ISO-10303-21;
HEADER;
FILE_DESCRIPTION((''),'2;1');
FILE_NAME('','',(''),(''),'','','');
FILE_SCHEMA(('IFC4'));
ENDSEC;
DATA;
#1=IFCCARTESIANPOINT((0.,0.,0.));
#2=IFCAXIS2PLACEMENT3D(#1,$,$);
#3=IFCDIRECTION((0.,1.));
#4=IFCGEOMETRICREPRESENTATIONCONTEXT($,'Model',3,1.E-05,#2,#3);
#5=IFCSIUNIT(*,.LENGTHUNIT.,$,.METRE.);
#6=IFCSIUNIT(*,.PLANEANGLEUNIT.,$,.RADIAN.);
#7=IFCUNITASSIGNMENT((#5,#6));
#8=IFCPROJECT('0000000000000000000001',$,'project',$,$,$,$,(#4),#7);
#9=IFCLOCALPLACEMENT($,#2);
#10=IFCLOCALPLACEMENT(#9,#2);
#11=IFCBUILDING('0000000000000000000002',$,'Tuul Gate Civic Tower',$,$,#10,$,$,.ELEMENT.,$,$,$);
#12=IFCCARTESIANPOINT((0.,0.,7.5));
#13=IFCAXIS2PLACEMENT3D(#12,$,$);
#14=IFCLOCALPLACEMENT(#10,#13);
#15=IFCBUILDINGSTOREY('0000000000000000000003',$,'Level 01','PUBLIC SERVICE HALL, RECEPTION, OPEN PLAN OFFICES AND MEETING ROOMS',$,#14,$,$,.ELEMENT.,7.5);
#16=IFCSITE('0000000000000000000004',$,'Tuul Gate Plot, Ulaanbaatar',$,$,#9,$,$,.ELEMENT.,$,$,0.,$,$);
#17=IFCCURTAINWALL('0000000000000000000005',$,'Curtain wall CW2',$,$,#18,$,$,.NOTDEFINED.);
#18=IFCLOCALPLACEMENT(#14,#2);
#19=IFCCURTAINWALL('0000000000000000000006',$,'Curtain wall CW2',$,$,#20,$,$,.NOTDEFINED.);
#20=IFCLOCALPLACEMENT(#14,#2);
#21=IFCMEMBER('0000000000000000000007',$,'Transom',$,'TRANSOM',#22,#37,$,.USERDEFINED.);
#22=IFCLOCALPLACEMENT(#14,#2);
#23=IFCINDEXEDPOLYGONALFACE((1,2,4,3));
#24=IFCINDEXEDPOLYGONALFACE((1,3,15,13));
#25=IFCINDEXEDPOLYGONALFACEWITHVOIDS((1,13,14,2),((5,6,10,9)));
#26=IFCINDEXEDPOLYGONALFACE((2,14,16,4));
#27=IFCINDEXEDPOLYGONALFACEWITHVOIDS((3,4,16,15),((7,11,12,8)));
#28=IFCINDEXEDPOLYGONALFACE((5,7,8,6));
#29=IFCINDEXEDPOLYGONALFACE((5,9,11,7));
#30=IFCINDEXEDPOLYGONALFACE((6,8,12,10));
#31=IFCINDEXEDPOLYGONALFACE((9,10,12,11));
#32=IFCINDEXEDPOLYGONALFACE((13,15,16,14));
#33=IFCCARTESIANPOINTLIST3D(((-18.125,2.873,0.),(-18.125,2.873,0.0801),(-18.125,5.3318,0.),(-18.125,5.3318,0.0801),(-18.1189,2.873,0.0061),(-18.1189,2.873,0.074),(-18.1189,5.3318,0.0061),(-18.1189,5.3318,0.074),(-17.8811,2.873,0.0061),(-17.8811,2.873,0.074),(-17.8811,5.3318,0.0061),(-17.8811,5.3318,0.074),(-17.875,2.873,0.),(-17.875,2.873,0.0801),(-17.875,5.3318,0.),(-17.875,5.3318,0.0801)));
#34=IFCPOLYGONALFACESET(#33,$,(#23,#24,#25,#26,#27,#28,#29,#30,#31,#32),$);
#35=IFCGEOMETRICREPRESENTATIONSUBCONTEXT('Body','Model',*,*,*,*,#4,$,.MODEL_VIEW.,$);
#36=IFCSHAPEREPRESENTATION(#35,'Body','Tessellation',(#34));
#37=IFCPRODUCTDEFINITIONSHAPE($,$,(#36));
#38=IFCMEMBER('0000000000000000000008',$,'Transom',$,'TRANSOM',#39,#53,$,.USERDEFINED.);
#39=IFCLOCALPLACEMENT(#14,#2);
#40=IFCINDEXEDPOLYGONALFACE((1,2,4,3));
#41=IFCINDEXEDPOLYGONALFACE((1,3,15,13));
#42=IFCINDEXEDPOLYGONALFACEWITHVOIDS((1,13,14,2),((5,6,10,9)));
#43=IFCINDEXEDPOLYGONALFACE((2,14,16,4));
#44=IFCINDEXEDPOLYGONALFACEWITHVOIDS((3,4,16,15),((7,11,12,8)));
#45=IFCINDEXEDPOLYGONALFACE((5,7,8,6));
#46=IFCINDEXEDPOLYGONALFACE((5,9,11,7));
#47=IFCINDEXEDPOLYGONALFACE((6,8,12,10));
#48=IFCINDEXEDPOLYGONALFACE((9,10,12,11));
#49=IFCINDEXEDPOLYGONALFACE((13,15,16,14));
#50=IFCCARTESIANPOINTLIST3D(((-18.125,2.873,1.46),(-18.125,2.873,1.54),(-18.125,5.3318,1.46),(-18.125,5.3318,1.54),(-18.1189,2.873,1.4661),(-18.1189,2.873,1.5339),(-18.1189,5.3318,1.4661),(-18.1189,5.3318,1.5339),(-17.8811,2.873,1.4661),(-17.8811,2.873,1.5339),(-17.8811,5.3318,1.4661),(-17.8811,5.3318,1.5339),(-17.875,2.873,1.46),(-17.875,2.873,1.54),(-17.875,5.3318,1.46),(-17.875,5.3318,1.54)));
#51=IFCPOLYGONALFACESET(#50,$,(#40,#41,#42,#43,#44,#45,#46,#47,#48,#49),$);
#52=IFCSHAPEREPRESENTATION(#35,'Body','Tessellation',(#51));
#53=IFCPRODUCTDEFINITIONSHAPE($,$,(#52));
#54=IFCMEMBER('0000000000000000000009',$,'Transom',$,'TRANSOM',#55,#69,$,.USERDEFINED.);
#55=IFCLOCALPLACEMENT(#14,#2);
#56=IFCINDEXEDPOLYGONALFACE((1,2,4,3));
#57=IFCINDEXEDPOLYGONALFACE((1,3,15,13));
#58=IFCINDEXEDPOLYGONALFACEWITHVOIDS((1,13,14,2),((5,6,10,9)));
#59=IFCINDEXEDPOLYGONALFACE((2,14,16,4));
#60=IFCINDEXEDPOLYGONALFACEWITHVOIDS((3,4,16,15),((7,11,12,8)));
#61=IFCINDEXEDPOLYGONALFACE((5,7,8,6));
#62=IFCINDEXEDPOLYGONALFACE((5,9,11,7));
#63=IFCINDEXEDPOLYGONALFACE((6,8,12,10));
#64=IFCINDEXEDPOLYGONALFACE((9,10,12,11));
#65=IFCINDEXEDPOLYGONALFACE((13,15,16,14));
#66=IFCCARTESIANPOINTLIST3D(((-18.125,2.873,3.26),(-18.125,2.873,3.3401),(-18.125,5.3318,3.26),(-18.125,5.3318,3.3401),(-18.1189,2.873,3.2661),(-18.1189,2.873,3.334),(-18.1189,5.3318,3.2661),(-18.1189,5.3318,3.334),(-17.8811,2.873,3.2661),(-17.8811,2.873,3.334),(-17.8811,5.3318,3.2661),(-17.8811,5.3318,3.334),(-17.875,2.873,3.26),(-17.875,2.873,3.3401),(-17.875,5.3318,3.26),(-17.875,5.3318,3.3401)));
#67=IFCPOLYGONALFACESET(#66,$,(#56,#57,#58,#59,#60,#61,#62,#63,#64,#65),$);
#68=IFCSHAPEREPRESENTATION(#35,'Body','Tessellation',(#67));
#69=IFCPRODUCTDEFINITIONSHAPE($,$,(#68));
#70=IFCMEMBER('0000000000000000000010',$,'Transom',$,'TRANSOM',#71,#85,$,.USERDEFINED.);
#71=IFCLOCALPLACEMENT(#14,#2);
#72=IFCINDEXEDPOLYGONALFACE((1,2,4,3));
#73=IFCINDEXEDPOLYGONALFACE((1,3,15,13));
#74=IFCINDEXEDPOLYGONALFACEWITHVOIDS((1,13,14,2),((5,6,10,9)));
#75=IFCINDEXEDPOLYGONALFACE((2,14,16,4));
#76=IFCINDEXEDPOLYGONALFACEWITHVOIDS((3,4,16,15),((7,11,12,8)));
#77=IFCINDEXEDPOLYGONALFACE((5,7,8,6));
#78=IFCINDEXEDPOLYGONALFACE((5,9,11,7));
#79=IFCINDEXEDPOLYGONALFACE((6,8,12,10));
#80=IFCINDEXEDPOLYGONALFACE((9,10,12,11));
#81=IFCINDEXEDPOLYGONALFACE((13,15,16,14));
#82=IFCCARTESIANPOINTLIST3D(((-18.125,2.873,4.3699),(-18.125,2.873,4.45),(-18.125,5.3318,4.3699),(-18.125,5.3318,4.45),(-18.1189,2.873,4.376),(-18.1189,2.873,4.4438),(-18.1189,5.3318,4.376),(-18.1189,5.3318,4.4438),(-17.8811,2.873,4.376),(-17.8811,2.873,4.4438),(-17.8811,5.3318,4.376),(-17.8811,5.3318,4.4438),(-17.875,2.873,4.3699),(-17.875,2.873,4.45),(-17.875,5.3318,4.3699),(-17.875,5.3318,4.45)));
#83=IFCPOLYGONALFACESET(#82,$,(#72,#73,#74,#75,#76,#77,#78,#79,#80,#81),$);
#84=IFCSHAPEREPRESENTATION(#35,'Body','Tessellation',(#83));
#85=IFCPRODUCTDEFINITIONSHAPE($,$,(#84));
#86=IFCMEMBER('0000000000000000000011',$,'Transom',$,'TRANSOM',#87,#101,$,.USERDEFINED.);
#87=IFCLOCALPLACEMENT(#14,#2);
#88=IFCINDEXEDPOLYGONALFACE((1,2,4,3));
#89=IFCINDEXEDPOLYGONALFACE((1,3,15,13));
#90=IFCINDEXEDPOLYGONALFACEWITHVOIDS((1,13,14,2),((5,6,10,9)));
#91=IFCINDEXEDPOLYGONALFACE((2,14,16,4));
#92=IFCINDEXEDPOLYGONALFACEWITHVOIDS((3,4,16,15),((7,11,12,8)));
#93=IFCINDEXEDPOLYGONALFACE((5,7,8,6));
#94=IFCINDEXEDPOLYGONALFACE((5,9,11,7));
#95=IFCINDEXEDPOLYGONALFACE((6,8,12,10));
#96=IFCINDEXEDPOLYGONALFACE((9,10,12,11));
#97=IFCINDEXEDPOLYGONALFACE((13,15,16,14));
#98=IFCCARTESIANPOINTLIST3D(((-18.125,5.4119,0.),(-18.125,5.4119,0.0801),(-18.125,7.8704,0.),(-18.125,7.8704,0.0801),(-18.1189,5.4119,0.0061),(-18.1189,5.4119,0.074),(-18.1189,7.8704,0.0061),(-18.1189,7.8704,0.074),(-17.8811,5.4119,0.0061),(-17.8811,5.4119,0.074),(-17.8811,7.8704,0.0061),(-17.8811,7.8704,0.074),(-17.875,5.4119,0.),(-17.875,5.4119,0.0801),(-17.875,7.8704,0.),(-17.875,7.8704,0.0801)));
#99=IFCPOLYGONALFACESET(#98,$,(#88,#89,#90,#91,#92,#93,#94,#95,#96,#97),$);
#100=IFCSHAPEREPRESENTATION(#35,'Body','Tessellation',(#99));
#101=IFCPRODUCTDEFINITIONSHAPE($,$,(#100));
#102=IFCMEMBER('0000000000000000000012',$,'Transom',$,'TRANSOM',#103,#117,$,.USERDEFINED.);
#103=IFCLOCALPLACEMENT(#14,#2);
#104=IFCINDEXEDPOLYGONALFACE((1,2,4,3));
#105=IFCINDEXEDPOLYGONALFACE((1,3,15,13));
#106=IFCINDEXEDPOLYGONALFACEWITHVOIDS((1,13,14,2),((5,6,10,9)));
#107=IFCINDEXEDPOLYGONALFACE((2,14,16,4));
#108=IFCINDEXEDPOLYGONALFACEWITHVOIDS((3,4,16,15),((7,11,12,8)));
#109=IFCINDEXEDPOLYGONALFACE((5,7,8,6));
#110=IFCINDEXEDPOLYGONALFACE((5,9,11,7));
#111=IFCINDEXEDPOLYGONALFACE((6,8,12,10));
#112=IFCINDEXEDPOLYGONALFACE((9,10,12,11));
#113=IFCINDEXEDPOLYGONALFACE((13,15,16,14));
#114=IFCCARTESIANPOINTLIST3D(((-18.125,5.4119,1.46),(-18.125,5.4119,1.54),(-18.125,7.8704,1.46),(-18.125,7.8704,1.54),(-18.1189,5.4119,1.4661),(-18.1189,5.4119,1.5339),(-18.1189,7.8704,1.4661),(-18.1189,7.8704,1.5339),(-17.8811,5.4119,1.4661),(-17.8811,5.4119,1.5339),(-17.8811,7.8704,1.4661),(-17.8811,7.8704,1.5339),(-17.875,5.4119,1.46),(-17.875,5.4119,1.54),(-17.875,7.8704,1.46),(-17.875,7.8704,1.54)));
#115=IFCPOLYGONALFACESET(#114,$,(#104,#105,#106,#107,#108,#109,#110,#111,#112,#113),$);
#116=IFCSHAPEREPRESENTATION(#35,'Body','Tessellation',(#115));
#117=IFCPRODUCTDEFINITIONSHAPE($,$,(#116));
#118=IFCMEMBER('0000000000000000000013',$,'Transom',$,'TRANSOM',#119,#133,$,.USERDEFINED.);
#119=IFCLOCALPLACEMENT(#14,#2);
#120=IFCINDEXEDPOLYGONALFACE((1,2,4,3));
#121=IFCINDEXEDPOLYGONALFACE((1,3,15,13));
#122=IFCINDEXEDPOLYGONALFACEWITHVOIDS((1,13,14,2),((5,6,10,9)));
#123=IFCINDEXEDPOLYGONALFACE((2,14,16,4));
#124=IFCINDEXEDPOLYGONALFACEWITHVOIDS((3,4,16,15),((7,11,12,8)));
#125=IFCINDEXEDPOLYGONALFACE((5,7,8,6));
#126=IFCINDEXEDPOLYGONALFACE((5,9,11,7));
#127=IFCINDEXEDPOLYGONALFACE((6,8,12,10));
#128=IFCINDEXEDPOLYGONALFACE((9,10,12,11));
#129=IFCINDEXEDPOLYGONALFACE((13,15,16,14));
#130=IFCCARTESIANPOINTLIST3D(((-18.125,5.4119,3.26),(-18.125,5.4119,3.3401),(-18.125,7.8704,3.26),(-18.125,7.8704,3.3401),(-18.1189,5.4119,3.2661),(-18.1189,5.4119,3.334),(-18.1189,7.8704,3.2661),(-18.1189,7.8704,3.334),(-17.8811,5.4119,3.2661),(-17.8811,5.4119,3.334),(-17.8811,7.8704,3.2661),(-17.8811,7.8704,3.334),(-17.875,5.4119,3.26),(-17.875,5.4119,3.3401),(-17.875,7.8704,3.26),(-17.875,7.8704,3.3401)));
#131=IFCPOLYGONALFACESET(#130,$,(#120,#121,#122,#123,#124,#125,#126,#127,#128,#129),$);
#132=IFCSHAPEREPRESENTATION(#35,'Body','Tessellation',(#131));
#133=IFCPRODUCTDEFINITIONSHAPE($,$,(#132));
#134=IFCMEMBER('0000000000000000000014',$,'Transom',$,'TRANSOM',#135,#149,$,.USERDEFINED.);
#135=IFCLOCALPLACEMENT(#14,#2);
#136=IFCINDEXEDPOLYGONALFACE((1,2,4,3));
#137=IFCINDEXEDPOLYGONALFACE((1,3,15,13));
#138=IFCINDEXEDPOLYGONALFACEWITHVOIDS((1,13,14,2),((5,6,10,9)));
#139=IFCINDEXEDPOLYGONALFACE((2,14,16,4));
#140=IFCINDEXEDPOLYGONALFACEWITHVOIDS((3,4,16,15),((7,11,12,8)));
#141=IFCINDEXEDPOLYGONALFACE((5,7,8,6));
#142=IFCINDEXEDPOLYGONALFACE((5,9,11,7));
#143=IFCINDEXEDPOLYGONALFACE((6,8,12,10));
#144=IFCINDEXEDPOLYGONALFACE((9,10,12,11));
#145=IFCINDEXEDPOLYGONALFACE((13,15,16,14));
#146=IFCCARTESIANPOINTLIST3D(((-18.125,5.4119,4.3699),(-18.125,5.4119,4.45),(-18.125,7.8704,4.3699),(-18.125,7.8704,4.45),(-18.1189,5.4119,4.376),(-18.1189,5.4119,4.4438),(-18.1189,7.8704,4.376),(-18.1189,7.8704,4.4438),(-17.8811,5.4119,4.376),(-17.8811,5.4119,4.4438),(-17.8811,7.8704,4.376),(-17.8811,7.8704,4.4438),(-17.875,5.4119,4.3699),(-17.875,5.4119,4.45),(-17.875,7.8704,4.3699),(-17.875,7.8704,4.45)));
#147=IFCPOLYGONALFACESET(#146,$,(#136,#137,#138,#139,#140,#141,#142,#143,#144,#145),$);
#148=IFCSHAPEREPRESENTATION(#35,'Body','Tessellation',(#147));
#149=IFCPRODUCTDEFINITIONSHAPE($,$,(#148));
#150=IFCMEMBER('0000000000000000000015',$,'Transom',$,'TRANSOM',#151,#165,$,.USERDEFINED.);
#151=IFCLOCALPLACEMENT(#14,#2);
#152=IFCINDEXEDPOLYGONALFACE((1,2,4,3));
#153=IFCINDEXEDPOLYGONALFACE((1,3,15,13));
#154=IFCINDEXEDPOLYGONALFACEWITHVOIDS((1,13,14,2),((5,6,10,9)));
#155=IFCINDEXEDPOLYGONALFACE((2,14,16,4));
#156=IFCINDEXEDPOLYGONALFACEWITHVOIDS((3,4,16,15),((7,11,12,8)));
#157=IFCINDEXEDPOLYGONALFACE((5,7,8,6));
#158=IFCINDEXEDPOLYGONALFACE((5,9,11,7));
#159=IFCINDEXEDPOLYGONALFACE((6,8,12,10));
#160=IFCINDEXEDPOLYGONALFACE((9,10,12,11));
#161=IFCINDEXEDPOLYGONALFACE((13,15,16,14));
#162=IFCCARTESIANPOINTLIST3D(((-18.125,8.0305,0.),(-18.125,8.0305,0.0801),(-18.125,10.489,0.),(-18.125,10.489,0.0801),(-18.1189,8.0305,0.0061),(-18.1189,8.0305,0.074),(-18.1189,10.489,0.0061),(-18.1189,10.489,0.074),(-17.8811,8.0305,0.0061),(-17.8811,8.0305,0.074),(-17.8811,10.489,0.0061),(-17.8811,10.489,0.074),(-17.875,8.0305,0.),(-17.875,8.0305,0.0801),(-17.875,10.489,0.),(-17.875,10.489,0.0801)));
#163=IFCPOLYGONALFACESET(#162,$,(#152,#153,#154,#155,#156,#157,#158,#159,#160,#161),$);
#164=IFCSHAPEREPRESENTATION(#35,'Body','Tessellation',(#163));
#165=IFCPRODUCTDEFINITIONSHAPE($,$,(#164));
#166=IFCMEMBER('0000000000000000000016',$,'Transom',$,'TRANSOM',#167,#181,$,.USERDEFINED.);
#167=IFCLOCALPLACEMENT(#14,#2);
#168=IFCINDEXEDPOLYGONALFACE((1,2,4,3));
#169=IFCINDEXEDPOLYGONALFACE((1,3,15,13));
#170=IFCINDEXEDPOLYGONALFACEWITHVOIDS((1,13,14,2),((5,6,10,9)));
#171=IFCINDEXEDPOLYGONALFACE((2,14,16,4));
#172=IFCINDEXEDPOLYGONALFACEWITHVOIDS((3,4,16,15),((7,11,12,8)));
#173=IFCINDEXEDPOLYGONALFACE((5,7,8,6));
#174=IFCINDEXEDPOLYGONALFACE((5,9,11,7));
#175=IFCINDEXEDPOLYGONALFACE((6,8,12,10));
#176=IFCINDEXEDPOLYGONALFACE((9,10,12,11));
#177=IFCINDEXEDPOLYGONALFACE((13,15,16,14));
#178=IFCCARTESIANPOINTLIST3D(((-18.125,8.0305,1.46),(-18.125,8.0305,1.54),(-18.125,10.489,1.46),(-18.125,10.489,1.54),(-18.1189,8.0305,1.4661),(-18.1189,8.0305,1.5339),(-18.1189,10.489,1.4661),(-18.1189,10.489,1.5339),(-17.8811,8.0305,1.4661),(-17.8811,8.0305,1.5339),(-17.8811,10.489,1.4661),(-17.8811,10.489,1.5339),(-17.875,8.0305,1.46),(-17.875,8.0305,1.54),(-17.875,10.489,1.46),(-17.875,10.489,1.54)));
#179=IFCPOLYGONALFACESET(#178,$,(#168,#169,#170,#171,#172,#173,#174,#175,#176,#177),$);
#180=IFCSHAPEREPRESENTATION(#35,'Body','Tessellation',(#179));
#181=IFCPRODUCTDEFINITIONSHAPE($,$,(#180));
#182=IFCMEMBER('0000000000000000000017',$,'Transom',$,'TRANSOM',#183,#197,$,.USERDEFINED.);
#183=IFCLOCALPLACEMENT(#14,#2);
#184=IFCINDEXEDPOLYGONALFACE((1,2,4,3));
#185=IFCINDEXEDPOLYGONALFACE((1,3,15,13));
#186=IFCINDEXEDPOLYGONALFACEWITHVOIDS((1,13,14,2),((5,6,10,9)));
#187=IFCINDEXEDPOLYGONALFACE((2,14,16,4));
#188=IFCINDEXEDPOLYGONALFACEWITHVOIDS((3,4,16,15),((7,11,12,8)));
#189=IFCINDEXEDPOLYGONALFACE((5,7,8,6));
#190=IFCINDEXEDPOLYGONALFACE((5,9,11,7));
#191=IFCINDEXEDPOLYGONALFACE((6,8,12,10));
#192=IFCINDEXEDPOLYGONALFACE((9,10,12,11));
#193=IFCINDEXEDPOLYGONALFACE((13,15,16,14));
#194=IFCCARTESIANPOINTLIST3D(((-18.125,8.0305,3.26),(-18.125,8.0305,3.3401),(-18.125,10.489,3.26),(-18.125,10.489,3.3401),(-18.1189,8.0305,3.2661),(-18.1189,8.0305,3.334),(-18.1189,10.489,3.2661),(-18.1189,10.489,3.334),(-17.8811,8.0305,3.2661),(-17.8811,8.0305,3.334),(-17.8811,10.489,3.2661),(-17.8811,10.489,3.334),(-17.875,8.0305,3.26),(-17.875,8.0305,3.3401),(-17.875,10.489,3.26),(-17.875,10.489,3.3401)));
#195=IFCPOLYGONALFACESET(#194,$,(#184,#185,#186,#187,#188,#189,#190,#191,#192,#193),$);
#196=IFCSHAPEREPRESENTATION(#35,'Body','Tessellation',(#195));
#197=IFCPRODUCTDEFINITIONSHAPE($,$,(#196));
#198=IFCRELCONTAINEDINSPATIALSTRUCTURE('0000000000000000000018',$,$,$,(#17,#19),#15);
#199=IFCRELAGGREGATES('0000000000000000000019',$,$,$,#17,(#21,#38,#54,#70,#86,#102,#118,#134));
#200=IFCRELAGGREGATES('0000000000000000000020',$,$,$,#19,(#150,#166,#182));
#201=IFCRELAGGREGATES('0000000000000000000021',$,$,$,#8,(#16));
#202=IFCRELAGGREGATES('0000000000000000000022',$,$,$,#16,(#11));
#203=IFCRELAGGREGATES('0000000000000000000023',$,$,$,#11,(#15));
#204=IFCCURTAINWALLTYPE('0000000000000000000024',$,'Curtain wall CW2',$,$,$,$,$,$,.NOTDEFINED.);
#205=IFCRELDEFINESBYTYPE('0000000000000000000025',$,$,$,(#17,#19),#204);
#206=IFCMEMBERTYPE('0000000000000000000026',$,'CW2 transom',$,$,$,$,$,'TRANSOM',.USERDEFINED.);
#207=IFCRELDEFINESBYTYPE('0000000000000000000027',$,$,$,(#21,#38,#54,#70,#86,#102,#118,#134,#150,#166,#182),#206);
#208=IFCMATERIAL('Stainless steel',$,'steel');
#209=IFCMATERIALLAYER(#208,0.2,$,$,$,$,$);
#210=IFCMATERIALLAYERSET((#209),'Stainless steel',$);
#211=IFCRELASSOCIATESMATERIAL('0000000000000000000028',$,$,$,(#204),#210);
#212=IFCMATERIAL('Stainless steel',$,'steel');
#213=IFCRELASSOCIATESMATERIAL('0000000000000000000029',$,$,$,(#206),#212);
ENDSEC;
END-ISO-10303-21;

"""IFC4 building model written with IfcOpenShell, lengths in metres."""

from ifc_helpers import new_model, si_unit, direction, frame, origin, origin_2d, place, context, subcontext, project, spatial, hollow_rectangle, extrude, material, layer, layer_set, material_profile, profile_set, type_object, element, aggregate, save


model = new_model("IFC4")

# Units and contexts
model_context = context("Model", 3, precision=1e-05, world=origin(), true_north=direction((0.0, 1.0)))
body_context = subcontext(model_context, "Body", "Model", "MODEL_VIEW")
ifc_project = project(units=[si_unit("LENGTHUNIT", "METRE"), si_unit("PLANEANGLEUNIT", "RADIAN")], contexts=[model_context])

# Site, building, storey
site_placement = place(None, origin())
site = spatial("IfcSite", under=ifc_project, at=site_placement, Name="Tuul Gate Plot, Ulaanbaatar", CompositionType="ELEMENT", RefElevation=0.0)
building_placement = place(site_placement, origin())
building = spatial("IfcBuilding", under=site, at=building_placement, Name="Tuul Gate Civic Tower", CompositionType="ELEMENT")
storey_placement = place(building_placement, frame((0.0, 0.0, 7.5)))
storey = spatial("IfcBuildingStorey", under=building, at=storey_placement, Name="Level 01", Description="PUBLIC SERVICE HALL, RECEPTION, OPEN PLAN OFFICES AND MEETING ROOMS", CompositionType="ELEMENT", Elevation=7.5)

# Curtain walls
ifc_material_1 = material(Name="Stainless steel", Category="steel")
ifc_layer_1 = layer(ifc_material_1, 0.2)
ifc_layer_set_1 = layer_set([ifc_layer_1], Name="Stainless steel")
curtain_wall_type = type_object("IfcCurtainWallType", Name="Curtain wall CW2", PredefinedType="NOTDEFINED", material=ifc_layer_set_1)
curtain_wall_1_placement = place(storey_placement, origin())
curtain_wall_1 = element("IfcCurtainWall", 1, at=curtain_wall_1_placement, inside=storey, type_object=curtain_wall_type, Name="Curtain wall CW2", PredefinedType="NOTDEFINED")
curtain_wall_2_placement = place(storey_placement, origin())
curtain_wall_2 = element("IfcCurtainWall", 2, at=curtain_wall_2_placement, inside=storey, type_object=curtain_wall_type, Name="Curtain wall CW2", PredefinedType="NOTDEFINED")
ifc_material_2 = material(Name="Stainless steel", Category="steel")
ifc_material_profile_1 = material_profile(ifc_material_2, hollow_rectangle(XDim=0.25, YDim=0.0801, WallThickness=0.0061, at=origin_2d()), Name="CW2 transom")
ifc_profile_set_1 = profile_set([ifc_material_profile_1], Name="Stainless steel")
member_type_1 = type_object("IfcMemberType", Name="CW2 transom", ElementType="TRANSOM", PredefinedType="USERDEFINED", material=ifc_profile_set_1)

# Members
member_1_placement = place(storey_placement, frame((-18.0, 2.873, 0.04), z_axis=(0.0, 1.0, 0.0), x_axis=(-1.0, 0.0, 0.0)))
member_1 = element("IfcMember", 3, at=member_1_placement, type_object=member_type_1, Name="Transom", ObjectType="TRANSOM", PredefinedType="USERDEFINED", context=body_context, shape_type="SweptSolid", body=[
    extrude(hollow_rectangle(XDim=0.25, YDim=0.0801, WallThickness=0.0061, at=origin_2d()), origin(), (0.0, 0.0, 1.0), 2.4587),
])
member_2_placement = place(storey_placement, frame((-18.0, 2.873, 1.5), z_axis=(0.0, 1.0, 0.0), x_axis=(-1.0, 0.0, 0.0)))
member_2 = element("IfcMember", 4, at=member_2_placement, type_object=member_type_1, Name="Transom", ObjectType="TRANSOM", PredefinedType="USERDEFINED", context=body_context, shape_type="SweptSolid", body=[
    extrude(hollow_rectangle(XDim=0.25, YDim=0.0801, WallThickness=0.0061, at=origin_2d()), origin(), (0.0, 0.0, 1.0), 2.4587),
])
member_3_placement = place(storey_placement, frame((-18.0, 2.873, 3.3), z_axis=(0.0, 1.0, 0.0), x_axis=(-1.0, 0.0, 0.0)))
member_3 = element("IfcMember", 5, at=member_3_placement, type_object=member_type_1, Name="Transom", ObjectType="TRANSOM", PredefinedType="USERDEFINED", context=body_context, shape_type="SweptSolid", body=[
    extrude(hollow_rectangle(XDim=0.25, YDim=0.0801, WallThickness=0.0061, at=origin_2d()), origin(), (0.0, 0.0, 1.0), 2.4587),
])
member_4_placement = place(storey_placement, frame((-18.0, 2.873, 4.4099), z_axis=(0.0, 1.0, 0.0), x_axis=(-1.0, 0.0, 0.0)))
member_4 = element("IfcMember", 6, at=member_4_placement, type_object=member_type_1, Name="Transom", ObjectType="TRANSOM", PredefinedType="USERDEFINED", context=body_context, shape_type="SweptSolid", body=[
    extrude(hollow_rectangle(XDim=0.25, YDim=0.0801, WallThickness=0.0061, at=origin_2d()), origin(), (0.0, 0.0, 1.0), 2.4587),
])
member_5_placement = place(storey_placement, frame((-18.0, 5.4119, 0.04), z_axis=(0.0, 1.0, 0.0), x_axis=(-1.0, 0.0, 0.0)))
member_5 = element("IfcMember", 7, at=member_5_placement, type_object=member_type_1, Name="Transom", ObjectType="TRANSOM", PredefinedType="USERDEFINED", context=body_context, shape_type="SweptSolid", body=[
    extrude(hollow_rectangle(XDim=0.25, YDim=0.0801, WallThickness=0.0061, at=origin_2d()), origin(), (0.0, 0.0, 1.0), 2.4585),
])
member_6_placement = place(storey_placement, frame((-18.0, 5.4119, 1.5), z_axis=(0.0, 1.0, 0.0), x_axis=(-1.0, 0.0, 0.0)))
member_6 = element("IfcMember", 8, at=member_6_placement, type_object=member_type_1, Name="Transom", ObjectType="TRANSOM", PredefinedType="USERDEFINED", context=body_context, shape_type="SweptSolid", body=[
    extrude(hollow_rectangle(XDim=0.25, YDim=0.0801, WallThickness=0.0061, at=origin_2d()), origin(), (0.0, 0.0, 1.0), 2.4585),
])
member_7_placement = place(storey_placement, frame((-18.0, 5.4119, 3.3), z_axis=(0.0, 1.0, 0.0), x_axis=(-1.0, 0.0, 0.0)))
member_7 = element("IfcMember", 9, at=member_7_placement, type_object=member_type_1, Name="Transom", ObjectType="TRANSOM", PredefinedType="USERDEFINED", context=body_context, shape_type="SweptSolid", body=[
    extrude(hollow_rectangle(XDim=0.25, YDim=0.0801, WallThickness=0.0061, at=origin_2d()), origin(), (0.0, 0.0, 1.0), 2.4585),
])
member_8_placement = place(storey_placement, frame((-18.0, 5.4119, 4.4099), z_axis=(0.0, 1.0, 0.0), x_axis=(-1.0, 0.0, 0.0)))
member_8 = element("IfcMember", 10, at=member_8_placement, type_object=member_type_1, Name="Transom", ObjectType="TRANSOM", PredefinedType="USERDEFINED", context=body_context, shape_type="SweptSolid", body=[
    extrude(hollow_rectangle(XDim=0.25, YDim=0.0801, WallThickness=0.0061, at=origin_2d()), origin(), (0.0, 0.0, 1.0), 2.4585),
])
member_9_placement = place(storey_placement, frame((-18.0, 8.0305, 0.04), z_axis=(0.0, 1.0, 0.0), x_axis=(-1.0, 0.0, 0.0)))
member_9 = element("IfcMember", 11, at=member_9_placement, type_object=member_type_1, Name="Transom", ObjectType="TRANSOM", PredefinedType="USERDEFINED", context=body_context, shape_type="SweptSolid", body=[
    extrude(hollow_rectangle(XDim=0.25, YDim=0.0801, WallThickness=0.0061, at=origin_2d()), origin(), (0.0, 0.0, 1.0), 2.4585),
])
member_10_placement = place(storey_placement, frame((-18.0, 8.0305, 1.5), z_axis=(0.0, 1.0, 0.0), x_axis=(-1.0, 0.0, 0.0)))
member_10 = element("IfcMember", 12, at=member_10_placement, type_object=member_type_1, Name="Transom", ObjectType="TRANSOM", PredefinedType="USERDEFINED", context=body_context, shape_type="SweptSolid", body=[
    extrude(hollow_rectangle(XDim=0.25, YDim=0.0801, WallThickness=0.0061, at=origin_2d()), origin(), (0.0, 0.0, 1.0), 2.4585),
])
member_11_placement = place(storey_placement, frame((-18.0, 8.0305, 3.3), z_axis=(0.0, 1.0, 0.0), x_axis=(-1.0, 0.0, 0.0)))
member_11 = element("IfcMember", 13, at=member_11_placement, type_object=member_type_1, Name="Transom", ObjectType="TRANSOM", PredefinedType="USERDEFINED", context=body_context, shape_type="SweptSolid", body=[
    extrude(hollow_rectangle(XDim=0.25, YDim=0.0801, WallThickness=0.0061, at=origin_2d()), origin(), (0.0, 0.0, 1.0), 2.4585),
])

aggregate(curtain_wall_1, [member_1, member_2, member_3, member_4, member_5, member_6, member_7, member_8])
aggregate(curtain_wall_2, [member_9, member_10, member_11])

save(model, "model.ifc")
